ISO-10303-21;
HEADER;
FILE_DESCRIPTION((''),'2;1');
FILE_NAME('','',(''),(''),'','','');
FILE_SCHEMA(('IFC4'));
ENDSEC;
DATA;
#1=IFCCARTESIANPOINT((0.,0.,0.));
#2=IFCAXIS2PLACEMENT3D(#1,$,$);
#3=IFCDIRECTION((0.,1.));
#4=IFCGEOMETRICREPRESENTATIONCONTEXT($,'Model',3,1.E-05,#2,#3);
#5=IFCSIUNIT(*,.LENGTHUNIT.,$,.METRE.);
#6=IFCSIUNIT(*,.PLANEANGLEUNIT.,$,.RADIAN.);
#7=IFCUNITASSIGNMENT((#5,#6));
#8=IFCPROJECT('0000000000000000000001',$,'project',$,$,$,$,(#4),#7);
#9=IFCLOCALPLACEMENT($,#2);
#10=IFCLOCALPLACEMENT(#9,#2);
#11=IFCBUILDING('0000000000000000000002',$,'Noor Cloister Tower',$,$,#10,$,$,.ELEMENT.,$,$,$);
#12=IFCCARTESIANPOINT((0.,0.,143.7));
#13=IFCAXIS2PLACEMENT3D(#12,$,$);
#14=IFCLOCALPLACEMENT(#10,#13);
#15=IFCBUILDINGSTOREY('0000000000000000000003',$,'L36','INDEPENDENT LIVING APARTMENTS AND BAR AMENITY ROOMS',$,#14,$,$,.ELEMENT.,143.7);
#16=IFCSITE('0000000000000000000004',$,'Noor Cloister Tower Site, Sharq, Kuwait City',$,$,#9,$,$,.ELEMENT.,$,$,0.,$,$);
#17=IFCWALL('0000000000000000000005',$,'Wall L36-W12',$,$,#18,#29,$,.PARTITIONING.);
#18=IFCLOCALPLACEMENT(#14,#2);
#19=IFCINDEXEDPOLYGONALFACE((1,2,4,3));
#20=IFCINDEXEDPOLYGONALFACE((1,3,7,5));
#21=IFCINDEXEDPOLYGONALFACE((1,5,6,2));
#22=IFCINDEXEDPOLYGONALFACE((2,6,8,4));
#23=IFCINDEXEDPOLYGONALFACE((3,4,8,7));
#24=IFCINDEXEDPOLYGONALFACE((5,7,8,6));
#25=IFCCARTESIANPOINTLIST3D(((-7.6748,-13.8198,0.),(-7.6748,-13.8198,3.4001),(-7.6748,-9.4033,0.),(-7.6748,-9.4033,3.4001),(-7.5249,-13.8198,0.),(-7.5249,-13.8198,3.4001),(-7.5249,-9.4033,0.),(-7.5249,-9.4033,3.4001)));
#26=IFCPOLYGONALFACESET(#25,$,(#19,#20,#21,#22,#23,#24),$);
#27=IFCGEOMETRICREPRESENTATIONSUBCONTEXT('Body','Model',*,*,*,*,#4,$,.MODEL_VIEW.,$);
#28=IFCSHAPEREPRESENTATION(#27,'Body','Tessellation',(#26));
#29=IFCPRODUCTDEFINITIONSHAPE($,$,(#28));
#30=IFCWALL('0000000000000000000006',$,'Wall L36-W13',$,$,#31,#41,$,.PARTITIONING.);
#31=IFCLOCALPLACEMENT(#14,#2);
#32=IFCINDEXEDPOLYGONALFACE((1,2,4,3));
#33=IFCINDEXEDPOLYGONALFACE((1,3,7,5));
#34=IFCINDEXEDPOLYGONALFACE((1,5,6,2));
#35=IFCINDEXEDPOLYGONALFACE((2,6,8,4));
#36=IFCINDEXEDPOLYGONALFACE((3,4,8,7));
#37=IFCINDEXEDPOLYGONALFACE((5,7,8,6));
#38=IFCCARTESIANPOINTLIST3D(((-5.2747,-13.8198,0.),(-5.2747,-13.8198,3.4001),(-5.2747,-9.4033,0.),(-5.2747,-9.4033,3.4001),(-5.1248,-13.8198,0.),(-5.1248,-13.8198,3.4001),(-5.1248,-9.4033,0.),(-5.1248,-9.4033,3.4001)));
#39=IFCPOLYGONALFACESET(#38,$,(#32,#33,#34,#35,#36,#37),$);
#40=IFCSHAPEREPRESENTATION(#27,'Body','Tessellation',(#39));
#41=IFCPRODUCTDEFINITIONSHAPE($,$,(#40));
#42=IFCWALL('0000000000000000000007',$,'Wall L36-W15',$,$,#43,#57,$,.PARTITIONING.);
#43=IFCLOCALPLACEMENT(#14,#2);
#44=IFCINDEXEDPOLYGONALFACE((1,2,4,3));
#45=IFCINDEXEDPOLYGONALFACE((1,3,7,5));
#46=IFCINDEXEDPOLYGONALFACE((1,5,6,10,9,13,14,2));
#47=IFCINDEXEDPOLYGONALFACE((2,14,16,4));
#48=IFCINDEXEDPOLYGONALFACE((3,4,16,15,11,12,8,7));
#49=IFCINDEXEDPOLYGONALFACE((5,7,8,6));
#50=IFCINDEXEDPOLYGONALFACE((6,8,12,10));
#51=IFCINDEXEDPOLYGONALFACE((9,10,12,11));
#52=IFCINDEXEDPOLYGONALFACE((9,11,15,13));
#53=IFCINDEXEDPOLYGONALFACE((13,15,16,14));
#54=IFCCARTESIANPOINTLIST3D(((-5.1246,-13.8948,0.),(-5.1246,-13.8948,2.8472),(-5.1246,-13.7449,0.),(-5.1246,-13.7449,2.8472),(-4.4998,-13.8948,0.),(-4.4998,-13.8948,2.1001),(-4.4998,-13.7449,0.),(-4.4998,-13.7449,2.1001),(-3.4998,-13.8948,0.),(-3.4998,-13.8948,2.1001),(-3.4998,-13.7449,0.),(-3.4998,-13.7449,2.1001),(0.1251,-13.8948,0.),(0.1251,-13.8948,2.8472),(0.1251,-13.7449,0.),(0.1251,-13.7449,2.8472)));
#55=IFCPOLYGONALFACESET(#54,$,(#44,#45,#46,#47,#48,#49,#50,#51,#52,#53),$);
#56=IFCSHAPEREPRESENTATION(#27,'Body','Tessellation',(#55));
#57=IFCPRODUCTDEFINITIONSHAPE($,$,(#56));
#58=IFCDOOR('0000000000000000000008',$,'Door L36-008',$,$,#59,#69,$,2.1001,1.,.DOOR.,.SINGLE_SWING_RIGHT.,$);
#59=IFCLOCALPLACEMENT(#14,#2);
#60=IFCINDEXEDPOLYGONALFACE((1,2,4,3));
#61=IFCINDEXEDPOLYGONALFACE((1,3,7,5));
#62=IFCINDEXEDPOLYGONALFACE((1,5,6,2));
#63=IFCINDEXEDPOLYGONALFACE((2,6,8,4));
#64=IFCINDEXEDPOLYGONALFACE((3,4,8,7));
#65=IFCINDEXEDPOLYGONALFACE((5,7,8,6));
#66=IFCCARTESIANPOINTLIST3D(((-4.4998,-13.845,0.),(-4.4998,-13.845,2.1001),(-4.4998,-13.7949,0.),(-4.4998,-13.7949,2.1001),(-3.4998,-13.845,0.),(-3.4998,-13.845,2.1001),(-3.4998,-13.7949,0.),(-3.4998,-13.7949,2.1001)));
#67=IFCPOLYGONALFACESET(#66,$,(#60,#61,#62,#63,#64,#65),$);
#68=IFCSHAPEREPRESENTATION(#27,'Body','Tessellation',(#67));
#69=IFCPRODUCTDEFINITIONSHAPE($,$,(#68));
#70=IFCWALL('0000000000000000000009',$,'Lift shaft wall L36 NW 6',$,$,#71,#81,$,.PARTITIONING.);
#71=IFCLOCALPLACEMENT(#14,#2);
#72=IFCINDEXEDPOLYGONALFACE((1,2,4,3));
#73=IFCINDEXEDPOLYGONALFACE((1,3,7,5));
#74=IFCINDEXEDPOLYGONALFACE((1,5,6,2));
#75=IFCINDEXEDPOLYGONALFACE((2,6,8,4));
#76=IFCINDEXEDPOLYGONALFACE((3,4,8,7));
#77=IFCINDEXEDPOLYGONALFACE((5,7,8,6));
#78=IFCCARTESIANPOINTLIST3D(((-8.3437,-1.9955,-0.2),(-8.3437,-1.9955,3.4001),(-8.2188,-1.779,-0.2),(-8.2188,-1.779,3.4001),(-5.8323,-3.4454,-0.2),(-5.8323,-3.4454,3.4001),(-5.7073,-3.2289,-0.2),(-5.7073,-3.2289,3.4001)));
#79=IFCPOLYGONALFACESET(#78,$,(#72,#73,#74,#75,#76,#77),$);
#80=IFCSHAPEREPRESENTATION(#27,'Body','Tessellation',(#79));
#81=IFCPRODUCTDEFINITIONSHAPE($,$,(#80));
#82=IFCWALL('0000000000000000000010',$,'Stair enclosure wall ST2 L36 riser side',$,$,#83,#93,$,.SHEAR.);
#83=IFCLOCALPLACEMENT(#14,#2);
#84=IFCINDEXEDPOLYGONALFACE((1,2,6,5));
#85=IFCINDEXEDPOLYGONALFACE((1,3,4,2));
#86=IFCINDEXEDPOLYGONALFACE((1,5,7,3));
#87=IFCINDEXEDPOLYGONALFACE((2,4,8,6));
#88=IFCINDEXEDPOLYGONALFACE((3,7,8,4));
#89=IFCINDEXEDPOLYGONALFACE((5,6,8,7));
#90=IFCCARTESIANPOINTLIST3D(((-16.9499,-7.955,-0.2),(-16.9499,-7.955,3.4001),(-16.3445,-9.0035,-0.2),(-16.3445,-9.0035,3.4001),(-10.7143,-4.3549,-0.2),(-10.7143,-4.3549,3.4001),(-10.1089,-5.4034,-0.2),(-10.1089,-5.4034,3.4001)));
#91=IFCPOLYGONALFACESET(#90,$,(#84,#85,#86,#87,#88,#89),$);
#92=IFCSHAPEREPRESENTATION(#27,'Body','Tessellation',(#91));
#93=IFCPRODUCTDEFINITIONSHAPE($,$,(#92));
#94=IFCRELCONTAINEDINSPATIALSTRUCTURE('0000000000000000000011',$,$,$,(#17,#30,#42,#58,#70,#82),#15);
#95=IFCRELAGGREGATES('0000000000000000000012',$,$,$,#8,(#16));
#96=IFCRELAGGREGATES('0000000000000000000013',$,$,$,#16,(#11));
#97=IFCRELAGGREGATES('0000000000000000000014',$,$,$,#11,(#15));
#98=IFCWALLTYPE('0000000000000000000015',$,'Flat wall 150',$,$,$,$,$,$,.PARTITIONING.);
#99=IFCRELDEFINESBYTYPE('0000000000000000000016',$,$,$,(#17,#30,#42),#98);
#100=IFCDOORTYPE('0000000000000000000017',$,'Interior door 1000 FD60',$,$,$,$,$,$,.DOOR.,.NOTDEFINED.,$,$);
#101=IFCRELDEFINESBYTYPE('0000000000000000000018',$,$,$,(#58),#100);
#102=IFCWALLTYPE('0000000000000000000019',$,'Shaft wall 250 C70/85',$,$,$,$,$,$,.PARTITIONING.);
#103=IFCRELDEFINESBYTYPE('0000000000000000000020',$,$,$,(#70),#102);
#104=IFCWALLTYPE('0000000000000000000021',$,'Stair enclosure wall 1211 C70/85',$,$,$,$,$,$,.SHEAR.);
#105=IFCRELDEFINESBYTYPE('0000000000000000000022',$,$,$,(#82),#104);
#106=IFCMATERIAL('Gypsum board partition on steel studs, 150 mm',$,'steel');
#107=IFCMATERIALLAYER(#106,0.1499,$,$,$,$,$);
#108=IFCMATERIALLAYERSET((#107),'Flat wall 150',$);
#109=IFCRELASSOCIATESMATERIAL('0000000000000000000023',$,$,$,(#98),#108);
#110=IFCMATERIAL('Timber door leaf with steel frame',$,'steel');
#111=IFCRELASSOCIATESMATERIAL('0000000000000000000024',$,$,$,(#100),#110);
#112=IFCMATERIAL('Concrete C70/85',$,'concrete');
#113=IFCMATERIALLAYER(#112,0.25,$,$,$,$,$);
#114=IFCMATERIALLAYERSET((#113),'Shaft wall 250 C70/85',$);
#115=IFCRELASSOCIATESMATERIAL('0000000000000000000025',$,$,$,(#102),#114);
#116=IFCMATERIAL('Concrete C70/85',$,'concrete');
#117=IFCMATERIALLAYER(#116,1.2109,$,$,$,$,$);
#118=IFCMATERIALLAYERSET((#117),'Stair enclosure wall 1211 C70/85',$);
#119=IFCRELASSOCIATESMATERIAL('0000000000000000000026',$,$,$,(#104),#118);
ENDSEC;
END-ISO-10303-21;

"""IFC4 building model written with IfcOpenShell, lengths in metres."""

from ifc_helpers import new_model, si_unit, direction, frame, frame_2d, origin, place, context, subcontext, project, spatial, rectangle, extrude, material, layer, layer_set, type_object, element, fill, save


model = new_model("IFC4")

# Units and contexts
model_context = context("Model", 3, precision=1e-05, world=origin(), true_north=direction((0.0, 1.0)))
body_context = subcontext(model_context, "Body", "Model", "MODEL_VIEW")
ifc_project = project(units=[si_unit("LENGTHUNIT", "METRE"), si_unit("PLANEANGLEUNIT", "RADIAN")], contexts=[model_context])

# Site, building, storey
site_placement = place(None, origin())
site = spatial("IfcSite", under=ifc_project, at=site_placement, Name="Noor Cloister Tower Site, Sharq, Kuwait City", CompositionType="ELEMENT", RefElevation=0.0)
building_placement = place(site_placement, origin())
building = spatial("IfcBuilding", under=site, at=building_placement, Name="Noor Cloister Tower", CompositionType="ELEMENT")
storey_placement = place(building_placement, frame((0.0, 0.0, 143.7)))
storey = spatial("IfcBuildingStorey", under=building, at=storey_placement, Name="L36", Description="INDEPENDENT LIVING APARTMENTS AND BAR AMENITY ROOMS", CompositionType="ELEMENT", Elevation=143.7)

# Shared definitions
ifc_material_1 = material(Name="Gypsum board partition on steel studs, 150 mm", Category="steel")
ifc_layer_1 = layer(ifc_material_1, 0.1499)
ifc_layer_set_1 = layer_set([ifc_layer_1], Name="Flat wall 150")
wall_type_1 = type_object("IfcWallType", Name="Flat wall 150", PredefinedType="PARTITIONING", material=ifc_layer_set_1)
ifc_material_2 = material(Name="Timber door leaf with steel frame", Category="steel")
door_type_1 = type_object("IfcDoorType", Name="Interior door 1000 FD60", OperationType="NOTDEFINED", PredefinedType="DOOR", material=ifc_material_2)

# Walls
for number, where, z_axis, x_axis, name in (
    (1, (-7.5999, -9.4033, 0.0), (0.0, 0.0, 1.0), (0.0, -1.0, 0.0), "Wall L36-W12"),
    (2, (-5.1997, -9.4033, 0.0), (0.0, 0.0, 1.0), (0.0, -1.0, 0.0), "Wall L36-W13"),
):
    element("IfcWall", number, at=place(storey_placement, frame(where, z_axis=z_axis, x_axis=x_axis)), inside=storey, type_object=wall_type_1, Name=name, PredefinedType="PARTITIONING", context=body_context, shape_type="SweptSolid", body=[
        extrude(rectangle(XDim=4.4165, YDim=0.1499, at=frame_2d((2.2083, 0.0))), origin(), (0.0, 0.0, 1.0), 3.4001),
    ])

# Wall, opening, door
wall_1_placement = place(storey_placement, frame((-5.1248, -13.8198, 0.0), z_axis=(0.0, 0.0, 1.0), x_axis=(1.0, 0.0, 0.0)))
wall_1 = element("IfcWall", 3, at=wall_1_placement, inside=storey, type_object=wall_type_1, Name="Wall L36-W15", PredefinedType="PARTITIONING", context=body_context, shape_type="SweptSolid", body=[
    extrude(rectangle(XDim=5.2498, YDim=0.1499, at=frame_2d((2.625, 0.0))), origin(), (0.0, 0.0, 1.0), 2.8472),
])
opening_1_placement = place(wall_1_placement, frame((0.625, 0.0, 0.0)))
opening_1 = element("IfcOpeningElement", 4, at=opening_1_placement, cuts=wall_1, PredefinedType="OPENING", context=body_context, shape_type="SweptSolid", body=[
    extrude(rectangle(XDim=1.0, YDim=2.1001, at=frame_2d((0.5, 1.05))), frame((0.0, 0.085, 0.0), z_axis=(0.0, -1.0, 0.0), x_axis=(1.0, 0.0, 0.0)), (0.0, 0.0, 1.0), 0.1699),
])
door_1_placement = place(opening_1_placement, origin())
door_1 = element("IfcDoor", 5, at=door_1_placement, inside=storey, type_object=door_type_1, Name="Door L36-008", OperationType="SINGLE_SWING_RIGHT", OverallHeight=2.1001, OverallWidth=1.0, PredefinedType="DOOR", context=body_context, shape_type="SweptSolid", body=[
    extrude(rectangle(XDim=1.0, YDim=2.1001, at=frame_2d((0.5, 1.05))), frame((0.0, 0.0249, 0.0), z_axis=(0.0, -1.0, 0.0), x_axis=(1.0, 0.0, 0.0)), (0.0, 0.0, 1.0), 0.05),
])
fill(opening_1, door_1)

# Walls
ifc_material_3 = material(Name="Concrete C70/85", Category="concrete")
ifc_layer_2 = layer(ifc_material_3, 0.25)
ifc_layer_set_2 = layer_set([ifc_layer_2], Name="Shaft wall 250 C70/85")
wall_type_2 = type_object("IfcWallType", Name="Shaft wall 250 C70/85", PredefinedType="PARTITIONING", material=ifc_layer_set_2)
wall_2_placement = place(storey_placement, frame((-8.2812, -1.8872, -0.2), z_axis=(0.0, 0.0, 1.0), x_axis=(0.866033, -0.499987, 0.0)))
element("IfcWall", 6, at=wall_2_placement, inside=storey, type_object=wall_type_2, Name="Lift shaft wall L36 NW 6", PredefinedType="PARTITIONING", context=body_context, shape_type="SweptSolid", body=[
    extrude(rectangle(XDim=2.8999, YDim=0.25, at=frame_2d((1.45, 0.0))), origin(), (0.0, 0.0, 1.0), 3.6001),
])
ifc_material_4 = material(Name="Concrete C70/85", Category="concrete")
ifc_layer_3 = layer(ifc_material_4, 1.2109)
ifc_layer_set_3 = layer_set([ifc_layer_3], Name="Stair enclosure wall 1211 C70/85")
wall_type_3 = type_object("IfcWallType", Name="Stair enclosure wall 1211 C70/85", PredefinedType="SHEAR", material=ifc_layer_set_3)
wall_3_placement = place(storey_placement, frame((-10.4116, -4.8792, -0.2), z_axis=(0.0, 0.0, 1.0), x_axis=(-0.866027, -0.499997, 0.0)))
element("IfcWall", 7, at=wall_3_placement, inside=storey, type_object=wall_type_3, Name="Stair enclosure wall ST2 L36 riser side", PredefinedType="SHEAR", context=body_context, shape_type="SweptSolid", body=[
    extrude(rectangle(XDim=7.2002, YDim=1.2107, at=frame_2d((3.6001, 0.0))), origin(), (0.0, 0.0, 1.0), 3.6001),
])

save(model, "model.ifc")
